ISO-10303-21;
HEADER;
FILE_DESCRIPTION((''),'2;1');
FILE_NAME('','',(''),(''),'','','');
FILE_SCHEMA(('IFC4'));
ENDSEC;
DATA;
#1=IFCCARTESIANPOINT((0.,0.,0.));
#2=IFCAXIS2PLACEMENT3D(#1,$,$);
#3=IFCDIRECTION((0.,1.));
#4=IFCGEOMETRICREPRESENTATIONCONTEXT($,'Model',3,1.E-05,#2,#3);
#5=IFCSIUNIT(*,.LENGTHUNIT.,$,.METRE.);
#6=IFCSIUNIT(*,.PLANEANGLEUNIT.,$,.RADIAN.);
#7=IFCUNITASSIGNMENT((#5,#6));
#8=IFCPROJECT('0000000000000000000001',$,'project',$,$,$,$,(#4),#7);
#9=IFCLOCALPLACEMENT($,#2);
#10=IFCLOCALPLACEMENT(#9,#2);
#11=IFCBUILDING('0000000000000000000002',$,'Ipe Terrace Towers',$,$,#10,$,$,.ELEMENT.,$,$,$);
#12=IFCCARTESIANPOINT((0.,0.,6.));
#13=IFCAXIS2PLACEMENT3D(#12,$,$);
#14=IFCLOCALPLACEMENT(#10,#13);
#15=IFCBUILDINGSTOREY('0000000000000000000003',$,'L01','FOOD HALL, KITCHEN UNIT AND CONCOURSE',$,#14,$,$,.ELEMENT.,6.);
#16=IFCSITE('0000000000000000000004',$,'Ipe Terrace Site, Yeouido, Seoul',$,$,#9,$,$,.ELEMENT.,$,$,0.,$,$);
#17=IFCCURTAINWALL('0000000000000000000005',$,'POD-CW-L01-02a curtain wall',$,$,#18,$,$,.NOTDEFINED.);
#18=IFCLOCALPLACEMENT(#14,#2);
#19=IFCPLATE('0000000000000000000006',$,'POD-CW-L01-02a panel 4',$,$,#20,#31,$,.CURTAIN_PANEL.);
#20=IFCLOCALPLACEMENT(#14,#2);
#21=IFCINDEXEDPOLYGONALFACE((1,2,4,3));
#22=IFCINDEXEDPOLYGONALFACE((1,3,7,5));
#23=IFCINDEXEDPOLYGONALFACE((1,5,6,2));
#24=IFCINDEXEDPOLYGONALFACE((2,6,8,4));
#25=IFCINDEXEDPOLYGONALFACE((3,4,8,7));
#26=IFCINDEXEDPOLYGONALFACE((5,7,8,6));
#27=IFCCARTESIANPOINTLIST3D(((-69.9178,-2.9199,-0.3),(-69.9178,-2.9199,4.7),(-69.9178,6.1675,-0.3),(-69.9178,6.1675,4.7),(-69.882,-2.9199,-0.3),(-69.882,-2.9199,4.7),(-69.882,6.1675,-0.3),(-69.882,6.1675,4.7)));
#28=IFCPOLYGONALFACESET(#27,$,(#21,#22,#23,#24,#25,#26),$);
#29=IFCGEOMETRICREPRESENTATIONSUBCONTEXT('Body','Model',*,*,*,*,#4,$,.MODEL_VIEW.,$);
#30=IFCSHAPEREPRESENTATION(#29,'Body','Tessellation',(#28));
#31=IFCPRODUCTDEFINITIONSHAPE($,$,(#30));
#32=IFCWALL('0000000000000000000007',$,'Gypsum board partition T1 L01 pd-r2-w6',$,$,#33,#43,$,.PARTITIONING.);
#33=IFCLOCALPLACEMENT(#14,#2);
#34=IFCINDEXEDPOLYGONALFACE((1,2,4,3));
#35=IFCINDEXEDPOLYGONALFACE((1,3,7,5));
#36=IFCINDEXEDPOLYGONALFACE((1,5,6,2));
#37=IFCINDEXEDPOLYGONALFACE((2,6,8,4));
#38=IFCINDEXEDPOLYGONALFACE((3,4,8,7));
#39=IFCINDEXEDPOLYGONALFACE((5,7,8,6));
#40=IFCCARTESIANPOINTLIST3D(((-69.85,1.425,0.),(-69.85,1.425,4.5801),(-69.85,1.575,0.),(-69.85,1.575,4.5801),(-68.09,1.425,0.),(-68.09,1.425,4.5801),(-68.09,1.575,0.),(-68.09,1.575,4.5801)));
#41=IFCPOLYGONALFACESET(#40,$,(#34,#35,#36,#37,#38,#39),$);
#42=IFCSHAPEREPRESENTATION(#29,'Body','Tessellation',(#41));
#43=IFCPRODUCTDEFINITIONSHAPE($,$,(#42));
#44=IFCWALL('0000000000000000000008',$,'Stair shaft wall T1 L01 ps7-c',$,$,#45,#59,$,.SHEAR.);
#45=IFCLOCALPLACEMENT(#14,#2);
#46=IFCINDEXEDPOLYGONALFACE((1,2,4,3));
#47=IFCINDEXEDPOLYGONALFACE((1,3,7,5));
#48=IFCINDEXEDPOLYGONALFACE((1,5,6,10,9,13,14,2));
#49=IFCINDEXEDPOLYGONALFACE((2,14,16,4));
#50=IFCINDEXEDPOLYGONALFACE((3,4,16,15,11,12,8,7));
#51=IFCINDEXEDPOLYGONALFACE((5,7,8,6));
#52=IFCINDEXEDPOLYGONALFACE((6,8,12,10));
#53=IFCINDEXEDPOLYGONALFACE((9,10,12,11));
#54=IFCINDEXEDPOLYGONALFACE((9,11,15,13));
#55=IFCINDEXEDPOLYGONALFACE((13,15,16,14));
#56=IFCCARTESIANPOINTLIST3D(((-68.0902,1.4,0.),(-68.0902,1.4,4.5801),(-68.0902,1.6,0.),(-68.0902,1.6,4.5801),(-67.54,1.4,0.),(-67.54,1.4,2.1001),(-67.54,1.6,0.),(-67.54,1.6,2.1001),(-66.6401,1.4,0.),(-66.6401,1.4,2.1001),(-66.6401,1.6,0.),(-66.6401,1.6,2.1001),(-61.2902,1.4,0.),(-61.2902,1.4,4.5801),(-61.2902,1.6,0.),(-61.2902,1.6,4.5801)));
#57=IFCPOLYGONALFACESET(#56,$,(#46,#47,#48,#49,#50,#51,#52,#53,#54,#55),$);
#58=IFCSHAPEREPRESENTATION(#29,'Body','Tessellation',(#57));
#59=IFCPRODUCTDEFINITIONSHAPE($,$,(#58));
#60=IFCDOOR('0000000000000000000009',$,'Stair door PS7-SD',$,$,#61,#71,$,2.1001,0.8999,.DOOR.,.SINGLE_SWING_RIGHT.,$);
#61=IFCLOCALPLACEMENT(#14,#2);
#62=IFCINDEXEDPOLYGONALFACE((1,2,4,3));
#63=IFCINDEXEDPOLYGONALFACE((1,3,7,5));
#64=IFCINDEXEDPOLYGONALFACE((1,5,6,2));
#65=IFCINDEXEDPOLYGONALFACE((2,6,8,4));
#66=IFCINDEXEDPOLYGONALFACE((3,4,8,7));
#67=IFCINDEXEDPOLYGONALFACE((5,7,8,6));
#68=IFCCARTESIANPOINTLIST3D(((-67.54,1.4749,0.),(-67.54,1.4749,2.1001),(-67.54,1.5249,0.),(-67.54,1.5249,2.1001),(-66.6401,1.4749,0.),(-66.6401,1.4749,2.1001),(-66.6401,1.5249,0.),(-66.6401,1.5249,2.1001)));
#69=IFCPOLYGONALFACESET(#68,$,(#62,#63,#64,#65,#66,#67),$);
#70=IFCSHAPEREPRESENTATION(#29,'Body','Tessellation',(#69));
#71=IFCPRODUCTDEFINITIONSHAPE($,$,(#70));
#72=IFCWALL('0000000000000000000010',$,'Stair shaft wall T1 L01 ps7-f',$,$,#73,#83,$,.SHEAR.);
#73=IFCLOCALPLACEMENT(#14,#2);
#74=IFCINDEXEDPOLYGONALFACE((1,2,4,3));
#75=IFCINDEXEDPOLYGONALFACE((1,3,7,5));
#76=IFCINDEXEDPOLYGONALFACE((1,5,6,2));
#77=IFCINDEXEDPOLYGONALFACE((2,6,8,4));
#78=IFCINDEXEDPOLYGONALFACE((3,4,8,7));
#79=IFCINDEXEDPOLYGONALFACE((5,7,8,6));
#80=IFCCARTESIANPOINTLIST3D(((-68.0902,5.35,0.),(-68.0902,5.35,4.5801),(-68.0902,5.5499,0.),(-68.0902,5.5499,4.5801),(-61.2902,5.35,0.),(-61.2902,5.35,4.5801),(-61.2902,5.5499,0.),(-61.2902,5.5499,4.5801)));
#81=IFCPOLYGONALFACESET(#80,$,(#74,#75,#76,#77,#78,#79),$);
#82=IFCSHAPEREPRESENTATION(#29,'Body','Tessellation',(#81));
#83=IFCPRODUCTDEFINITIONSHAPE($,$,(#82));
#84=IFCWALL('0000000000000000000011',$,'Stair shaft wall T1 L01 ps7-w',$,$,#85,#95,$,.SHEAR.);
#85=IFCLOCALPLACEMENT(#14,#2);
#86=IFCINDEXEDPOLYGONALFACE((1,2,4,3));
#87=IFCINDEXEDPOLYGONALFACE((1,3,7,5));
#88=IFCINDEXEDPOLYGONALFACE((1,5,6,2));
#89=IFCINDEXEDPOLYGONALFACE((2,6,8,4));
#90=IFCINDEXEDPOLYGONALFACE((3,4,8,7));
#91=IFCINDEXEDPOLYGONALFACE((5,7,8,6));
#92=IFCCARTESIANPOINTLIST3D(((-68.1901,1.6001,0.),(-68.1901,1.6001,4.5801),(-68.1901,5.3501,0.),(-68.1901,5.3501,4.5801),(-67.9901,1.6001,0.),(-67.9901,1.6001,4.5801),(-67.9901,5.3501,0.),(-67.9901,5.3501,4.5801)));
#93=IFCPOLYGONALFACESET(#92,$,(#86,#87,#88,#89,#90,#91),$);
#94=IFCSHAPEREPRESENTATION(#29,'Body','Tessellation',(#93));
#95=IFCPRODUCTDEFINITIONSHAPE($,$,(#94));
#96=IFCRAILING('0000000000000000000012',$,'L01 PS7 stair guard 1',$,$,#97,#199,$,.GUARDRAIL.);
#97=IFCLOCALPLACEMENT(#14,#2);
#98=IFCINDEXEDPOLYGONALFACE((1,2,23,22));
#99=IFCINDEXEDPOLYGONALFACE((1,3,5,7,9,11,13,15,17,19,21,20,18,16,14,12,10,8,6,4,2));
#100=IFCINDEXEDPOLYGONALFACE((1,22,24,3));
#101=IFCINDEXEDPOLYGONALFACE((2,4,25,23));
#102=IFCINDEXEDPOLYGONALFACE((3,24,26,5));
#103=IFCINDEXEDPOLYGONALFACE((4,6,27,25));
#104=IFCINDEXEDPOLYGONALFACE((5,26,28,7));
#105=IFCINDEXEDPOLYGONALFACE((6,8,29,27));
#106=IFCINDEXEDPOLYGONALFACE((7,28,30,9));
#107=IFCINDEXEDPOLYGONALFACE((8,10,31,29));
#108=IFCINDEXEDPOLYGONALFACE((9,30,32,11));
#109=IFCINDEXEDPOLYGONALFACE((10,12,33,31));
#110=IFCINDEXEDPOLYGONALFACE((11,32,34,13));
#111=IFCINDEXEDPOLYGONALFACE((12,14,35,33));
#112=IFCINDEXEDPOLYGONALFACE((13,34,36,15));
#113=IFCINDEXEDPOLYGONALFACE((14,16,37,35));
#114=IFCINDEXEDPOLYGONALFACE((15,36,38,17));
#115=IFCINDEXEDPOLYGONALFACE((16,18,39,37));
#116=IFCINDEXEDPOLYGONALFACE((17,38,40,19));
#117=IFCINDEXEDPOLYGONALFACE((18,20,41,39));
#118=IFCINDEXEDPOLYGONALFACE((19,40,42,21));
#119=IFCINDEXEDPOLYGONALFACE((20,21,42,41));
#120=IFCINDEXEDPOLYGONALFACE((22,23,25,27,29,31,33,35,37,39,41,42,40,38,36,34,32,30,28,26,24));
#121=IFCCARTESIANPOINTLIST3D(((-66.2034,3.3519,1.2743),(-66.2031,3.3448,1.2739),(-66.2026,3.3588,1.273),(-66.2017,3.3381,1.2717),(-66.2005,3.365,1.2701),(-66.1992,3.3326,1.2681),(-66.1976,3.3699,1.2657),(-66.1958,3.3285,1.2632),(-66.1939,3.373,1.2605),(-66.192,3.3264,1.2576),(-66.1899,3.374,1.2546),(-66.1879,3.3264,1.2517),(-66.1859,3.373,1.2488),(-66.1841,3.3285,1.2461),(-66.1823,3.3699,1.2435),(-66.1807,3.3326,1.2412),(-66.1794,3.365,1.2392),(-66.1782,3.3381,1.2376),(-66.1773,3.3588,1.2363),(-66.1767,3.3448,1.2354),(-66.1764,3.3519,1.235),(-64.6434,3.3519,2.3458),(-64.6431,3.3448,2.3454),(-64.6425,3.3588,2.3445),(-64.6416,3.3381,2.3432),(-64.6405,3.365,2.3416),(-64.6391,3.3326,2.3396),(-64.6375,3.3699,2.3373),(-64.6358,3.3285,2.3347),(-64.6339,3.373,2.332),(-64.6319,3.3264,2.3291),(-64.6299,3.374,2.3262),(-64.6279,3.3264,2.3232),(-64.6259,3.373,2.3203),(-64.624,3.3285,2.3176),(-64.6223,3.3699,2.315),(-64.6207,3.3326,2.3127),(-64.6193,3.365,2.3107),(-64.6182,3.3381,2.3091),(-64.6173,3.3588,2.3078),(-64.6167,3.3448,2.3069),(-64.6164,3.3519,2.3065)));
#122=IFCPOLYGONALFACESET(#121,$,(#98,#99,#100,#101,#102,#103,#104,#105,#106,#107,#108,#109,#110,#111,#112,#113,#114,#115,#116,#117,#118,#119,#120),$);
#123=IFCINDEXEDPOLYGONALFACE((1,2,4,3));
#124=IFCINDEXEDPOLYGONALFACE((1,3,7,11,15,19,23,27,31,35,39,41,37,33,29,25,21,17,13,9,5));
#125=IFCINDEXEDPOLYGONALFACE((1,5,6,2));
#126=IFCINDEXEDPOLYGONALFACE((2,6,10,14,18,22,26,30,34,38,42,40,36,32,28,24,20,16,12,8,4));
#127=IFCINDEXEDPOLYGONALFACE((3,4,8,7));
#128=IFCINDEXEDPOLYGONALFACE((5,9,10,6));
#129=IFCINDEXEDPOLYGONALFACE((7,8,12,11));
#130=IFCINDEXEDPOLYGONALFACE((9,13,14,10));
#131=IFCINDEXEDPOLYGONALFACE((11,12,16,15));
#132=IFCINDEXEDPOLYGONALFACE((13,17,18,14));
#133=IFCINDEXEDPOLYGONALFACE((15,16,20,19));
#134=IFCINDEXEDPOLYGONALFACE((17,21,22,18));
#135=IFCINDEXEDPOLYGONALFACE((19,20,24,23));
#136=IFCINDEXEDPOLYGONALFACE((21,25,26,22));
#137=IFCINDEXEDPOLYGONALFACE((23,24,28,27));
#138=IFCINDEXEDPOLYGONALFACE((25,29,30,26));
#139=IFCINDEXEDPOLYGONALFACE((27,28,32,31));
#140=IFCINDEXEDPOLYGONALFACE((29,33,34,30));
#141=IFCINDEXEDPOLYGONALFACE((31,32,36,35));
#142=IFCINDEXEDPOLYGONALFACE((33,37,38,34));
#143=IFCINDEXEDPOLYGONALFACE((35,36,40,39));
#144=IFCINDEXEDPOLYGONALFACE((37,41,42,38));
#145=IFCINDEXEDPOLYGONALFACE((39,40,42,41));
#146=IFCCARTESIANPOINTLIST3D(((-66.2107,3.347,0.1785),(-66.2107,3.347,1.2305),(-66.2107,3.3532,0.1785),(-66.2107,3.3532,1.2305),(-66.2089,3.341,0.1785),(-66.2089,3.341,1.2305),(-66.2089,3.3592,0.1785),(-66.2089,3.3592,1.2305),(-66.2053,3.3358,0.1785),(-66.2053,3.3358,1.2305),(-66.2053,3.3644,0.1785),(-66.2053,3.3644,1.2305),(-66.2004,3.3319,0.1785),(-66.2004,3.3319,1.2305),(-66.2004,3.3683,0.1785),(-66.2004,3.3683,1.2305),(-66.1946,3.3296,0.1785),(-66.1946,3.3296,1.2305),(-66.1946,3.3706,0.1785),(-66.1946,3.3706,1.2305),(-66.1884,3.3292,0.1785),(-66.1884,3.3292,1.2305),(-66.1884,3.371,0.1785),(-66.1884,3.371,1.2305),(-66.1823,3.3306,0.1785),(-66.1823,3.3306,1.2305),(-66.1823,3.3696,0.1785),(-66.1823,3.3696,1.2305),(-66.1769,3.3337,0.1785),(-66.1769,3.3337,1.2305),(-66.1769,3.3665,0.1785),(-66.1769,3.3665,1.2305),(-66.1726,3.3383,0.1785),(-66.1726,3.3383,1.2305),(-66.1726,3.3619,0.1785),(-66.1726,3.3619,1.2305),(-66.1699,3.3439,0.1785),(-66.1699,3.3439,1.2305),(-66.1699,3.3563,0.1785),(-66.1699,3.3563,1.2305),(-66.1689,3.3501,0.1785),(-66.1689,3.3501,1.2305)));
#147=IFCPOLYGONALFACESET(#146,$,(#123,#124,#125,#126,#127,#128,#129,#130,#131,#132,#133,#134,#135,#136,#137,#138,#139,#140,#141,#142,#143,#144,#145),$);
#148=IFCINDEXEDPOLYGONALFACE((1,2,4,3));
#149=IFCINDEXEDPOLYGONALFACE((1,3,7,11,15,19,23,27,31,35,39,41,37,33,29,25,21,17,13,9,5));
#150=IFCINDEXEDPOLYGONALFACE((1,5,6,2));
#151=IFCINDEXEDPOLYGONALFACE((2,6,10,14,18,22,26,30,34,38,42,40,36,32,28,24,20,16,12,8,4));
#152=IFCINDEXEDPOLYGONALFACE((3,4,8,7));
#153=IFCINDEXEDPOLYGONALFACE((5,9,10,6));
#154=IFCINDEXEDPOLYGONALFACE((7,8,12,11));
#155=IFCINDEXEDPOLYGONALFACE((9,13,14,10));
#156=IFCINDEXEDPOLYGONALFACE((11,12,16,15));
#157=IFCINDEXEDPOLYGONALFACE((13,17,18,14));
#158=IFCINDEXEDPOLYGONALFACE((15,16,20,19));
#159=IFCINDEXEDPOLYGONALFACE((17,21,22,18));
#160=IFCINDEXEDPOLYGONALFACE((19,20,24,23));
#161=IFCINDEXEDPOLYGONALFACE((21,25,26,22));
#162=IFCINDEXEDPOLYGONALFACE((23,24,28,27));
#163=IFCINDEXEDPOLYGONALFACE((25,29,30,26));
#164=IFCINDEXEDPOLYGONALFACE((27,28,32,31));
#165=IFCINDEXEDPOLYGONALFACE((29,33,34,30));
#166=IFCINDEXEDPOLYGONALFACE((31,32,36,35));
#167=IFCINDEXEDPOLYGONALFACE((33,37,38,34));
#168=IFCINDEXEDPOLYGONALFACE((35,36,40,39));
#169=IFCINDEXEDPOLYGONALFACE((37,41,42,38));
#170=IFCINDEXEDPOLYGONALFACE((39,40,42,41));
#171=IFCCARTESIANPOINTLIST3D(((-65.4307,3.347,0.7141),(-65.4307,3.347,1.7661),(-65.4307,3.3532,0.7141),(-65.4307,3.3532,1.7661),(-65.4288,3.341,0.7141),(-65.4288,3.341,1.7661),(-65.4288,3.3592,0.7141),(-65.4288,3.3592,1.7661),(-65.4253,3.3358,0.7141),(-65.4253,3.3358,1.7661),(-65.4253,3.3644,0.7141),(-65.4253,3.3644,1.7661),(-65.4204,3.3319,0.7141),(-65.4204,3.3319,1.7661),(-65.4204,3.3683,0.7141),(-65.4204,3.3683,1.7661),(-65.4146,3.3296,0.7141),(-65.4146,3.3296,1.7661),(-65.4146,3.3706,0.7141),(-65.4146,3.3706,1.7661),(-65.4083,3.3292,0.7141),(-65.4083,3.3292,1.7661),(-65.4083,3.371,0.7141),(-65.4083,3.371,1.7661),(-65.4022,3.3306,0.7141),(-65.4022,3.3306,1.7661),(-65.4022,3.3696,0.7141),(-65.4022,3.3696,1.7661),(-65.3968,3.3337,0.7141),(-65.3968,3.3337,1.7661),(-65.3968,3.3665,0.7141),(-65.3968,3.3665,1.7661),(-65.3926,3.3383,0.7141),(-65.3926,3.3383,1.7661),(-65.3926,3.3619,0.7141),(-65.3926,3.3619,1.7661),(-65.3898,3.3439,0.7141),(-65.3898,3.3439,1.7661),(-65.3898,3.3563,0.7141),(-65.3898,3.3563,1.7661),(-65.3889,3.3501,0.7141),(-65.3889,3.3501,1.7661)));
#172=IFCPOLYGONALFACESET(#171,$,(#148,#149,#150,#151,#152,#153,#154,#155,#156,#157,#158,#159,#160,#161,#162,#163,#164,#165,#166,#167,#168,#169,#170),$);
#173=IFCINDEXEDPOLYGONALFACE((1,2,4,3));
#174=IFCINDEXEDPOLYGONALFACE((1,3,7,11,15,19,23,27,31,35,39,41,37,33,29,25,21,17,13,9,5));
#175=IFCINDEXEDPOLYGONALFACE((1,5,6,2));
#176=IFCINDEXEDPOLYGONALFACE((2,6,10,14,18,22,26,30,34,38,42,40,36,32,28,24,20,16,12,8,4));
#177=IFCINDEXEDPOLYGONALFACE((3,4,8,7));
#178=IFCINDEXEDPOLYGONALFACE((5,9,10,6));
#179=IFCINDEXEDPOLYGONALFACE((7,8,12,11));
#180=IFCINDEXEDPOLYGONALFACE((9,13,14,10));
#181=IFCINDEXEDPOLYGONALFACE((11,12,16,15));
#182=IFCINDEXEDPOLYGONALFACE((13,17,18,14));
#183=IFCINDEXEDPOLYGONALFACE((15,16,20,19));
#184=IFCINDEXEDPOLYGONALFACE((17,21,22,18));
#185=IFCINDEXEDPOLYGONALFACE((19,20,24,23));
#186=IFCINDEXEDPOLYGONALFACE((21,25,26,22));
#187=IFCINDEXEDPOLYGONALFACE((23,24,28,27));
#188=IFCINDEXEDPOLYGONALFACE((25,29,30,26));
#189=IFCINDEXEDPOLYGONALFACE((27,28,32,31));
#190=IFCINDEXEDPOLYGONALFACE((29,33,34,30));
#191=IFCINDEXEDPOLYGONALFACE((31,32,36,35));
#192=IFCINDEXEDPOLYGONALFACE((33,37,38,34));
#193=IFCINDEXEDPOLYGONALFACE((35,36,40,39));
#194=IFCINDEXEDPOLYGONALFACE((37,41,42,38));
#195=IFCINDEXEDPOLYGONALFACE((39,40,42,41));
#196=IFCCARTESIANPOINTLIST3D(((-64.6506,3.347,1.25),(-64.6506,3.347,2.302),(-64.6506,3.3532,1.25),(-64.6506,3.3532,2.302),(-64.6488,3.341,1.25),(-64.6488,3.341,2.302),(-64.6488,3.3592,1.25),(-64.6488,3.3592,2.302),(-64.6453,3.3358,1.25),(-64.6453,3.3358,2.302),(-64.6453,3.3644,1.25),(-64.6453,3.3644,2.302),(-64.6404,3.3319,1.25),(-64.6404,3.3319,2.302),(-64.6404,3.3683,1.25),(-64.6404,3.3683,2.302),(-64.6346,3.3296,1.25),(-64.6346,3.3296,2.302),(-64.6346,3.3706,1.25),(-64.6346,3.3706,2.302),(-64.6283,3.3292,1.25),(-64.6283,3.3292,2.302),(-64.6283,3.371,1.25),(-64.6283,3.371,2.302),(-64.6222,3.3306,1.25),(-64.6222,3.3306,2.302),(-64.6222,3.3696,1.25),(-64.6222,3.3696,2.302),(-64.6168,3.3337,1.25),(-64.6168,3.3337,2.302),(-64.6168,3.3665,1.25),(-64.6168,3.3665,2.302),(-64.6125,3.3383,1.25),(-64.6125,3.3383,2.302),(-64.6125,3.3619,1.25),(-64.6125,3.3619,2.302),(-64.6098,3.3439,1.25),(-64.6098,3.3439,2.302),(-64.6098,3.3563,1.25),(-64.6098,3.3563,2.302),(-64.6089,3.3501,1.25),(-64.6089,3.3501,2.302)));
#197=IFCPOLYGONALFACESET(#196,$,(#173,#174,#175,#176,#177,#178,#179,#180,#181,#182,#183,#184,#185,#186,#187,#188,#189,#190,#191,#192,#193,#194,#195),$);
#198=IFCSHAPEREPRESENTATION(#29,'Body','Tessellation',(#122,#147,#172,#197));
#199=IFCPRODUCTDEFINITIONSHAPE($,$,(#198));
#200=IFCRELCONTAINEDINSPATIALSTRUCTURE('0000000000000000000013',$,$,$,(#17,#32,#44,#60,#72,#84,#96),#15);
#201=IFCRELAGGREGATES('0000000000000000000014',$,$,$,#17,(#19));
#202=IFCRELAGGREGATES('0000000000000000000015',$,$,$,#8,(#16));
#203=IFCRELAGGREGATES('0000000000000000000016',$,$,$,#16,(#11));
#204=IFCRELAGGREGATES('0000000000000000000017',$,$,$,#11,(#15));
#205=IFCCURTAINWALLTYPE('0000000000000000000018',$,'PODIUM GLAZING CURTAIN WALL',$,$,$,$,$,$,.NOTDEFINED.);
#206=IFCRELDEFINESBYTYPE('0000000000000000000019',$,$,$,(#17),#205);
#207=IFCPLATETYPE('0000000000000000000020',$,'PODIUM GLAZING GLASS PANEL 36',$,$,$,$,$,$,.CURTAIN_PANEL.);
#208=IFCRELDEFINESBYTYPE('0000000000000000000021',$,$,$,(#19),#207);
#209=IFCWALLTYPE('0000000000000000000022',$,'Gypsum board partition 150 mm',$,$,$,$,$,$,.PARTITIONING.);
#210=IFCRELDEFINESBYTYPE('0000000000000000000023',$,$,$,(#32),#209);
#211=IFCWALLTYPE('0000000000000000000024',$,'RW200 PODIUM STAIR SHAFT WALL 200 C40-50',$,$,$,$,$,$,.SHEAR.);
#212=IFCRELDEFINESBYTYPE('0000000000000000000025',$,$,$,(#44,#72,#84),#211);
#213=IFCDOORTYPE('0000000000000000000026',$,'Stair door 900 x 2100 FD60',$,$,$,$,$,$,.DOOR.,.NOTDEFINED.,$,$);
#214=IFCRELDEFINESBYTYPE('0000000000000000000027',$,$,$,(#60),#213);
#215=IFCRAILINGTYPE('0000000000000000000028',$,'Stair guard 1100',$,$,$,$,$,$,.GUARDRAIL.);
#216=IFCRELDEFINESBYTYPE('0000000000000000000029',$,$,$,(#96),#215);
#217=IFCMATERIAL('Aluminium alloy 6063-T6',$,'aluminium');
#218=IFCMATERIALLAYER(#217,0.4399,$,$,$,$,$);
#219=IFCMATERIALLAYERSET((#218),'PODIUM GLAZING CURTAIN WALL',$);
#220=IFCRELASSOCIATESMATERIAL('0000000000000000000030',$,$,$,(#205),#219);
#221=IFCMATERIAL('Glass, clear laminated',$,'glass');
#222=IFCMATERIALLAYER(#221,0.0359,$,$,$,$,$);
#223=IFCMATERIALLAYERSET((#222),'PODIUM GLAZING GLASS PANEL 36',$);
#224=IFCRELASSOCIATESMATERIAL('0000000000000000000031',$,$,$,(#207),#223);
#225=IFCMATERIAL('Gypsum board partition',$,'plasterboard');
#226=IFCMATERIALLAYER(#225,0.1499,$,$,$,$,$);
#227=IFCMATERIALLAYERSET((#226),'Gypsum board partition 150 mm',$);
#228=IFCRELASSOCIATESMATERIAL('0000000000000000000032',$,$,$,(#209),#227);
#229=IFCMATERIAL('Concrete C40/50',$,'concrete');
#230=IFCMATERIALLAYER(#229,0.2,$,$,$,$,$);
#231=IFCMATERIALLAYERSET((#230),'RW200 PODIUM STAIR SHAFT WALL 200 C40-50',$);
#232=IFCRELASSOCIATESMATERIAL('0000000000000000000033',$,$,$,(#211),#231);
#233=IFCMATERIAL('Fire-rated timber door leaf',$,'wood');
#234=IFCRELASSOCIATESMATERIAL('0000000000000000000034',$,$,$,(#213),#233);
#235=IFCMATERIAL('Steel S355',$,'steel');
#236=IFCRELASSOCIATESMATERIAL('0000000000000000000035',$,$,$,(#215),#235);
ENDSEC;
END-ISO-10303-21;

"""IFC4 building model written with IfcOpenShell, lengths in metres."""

from ifc_helpers import new_model, si_unit, direction, frame, frame_2d, origin, origin_2d, place, context, subcontext, project, spatial, rectangle, circle, extrude, material, layer, layer_set, type_object, element, fill, aggregate, save


model = new_model("IFC4")

# Units and contexts
model_context = context("Model", 3, precision=1e-05, world=origin(), true_north=direction((0.0, 1.0)))
body_context = subcontext(model_context, "Body", "Model", "MODEL_VIEW")
ifc_project = project(units=[si_unit("LENGTHUNIT", "METRE"), si_unit("PLANEANGLEUNIT", "RADIAN")], contexts=[model_context])

# Site, building, storey
site_placement = place(None, origin())
site = spatial("IfcSite", under=ifc_project, at=site_placement, Name="Ipe Terrace Site, Yeouido, Seoul", CompositionType="ELEMENT", RefElevation=0.0)
building_placement = place(site_placement, origin())
building = spatial("IfcBuilding", under=site, at=building_placement, Name="Ipe Terrace Towers", CompositionType="ELEMENT")
storey_placement = place(building_placement, frame((0.0, 0.0, 6.0)))
storey = spatial("IfcBuildingStorey", under=building, at=storey_placement, Name="L01", Description="FOOD HALL, KITCHEN UNIT AND CONCOURSE", CompositionType="ELEMENT", Elevation=6.0)

# Curtain wall, plate
ifc_material_1 = material(Name="Aluminium alloy 6063-T6", Category="aluminium")
ifc_layer_1 = layer(ifc_material_1, 0.4399)
ifc_layer_set_1 = layer_set([ifc_layer_1], Name="PODIUM GLAZING CURTAIN WALL")
curtain_wall_type = type_object("IfcCurtainWallType", Name="PODIUM GLAZING CURTAIN WALL", PredefinedType="NOTDEFINED", material=ifc_layer_set_1)
curtain_wall_placement = place(storey_placement, origin())
curtain_wall = element("IfcCurtainWall", 1, at=curtain_wall_placement, inside=storey, type_object=curtain_wall_type, Name="POD-CW-L01-02a curtain wall", PredefinedType="NOTDEFINED")
ifc_material_2 = material(Name="Glass, clear laminated", Category="glass")
ifc_layer_2 = layer(ifc_material_2, 0.0359)
ifc_layer_set_2 = layer_set([ifc_layer_2], Name="PODIUM GLAZING GLASS PANEL 36")
plate_type = type_object("IfcPlateType", Name="PODIUM GLAZING GLASS PANEL 36", PredefinedType="CURTAIN_PANEL", material=ifc_layer_set_2)
plate_1_placement = place(storey_placement, frame((-69.8999, 1.6238, -0.3), z_axis=(0.0, 0.0, 1.0), x_axis=(0.0, -1.0, 0.0)))
plate_1 = element("IfcPlate", 2, at=plate_1_placement, type_object=plate_type, Name="POD-CW-L01-02a panel 4", PredefinedType="CURTAIN_PANEL", context=body_context, shape_type="SweptSolid", body=[
    extrude(rectangle(XDim=9.0874, YDim=0.0359, at=origin_2d()), origin(), (0.0, 0.0, 1.0), 5.0),
])
aggregate(curtain_wall, [plate_1])

# Wall
ifc_material_3 = material(Name="Gypsum board partition", Category="plasterboard")
ifc_layer_3 = layer(ifc_material_3, 0.1499)
ifc_layer_set_3 = layer_set([ifc_layer_3], Name="Gypsum board partition 150 mm")
wall_type_1 = type_object("IfcWallType", Name="Gypsum board partition 150 mm", PredefinedType="PARTITIONING", material=ifc_layer_set_3)
wall_1_placement = place(storey_placement, frame((-68.0901, 1.5, 0.0), z_axis=(0.0, 0.0, 1.0), x_axis=(-1.0, 0.0, 0.0)))
element("IfcWall", 3, at=wall_1_placement, inside=storey, type_object=wall_type_1, Name="Gypsum board partition T1 L01 pd-r2-w6", PredefinedType="PARTITIONING", context=body_context, shape_type="SweptSolid", body=[
    extrude(rectangle(XDim=1.76, YDim=0.1499, at=frame_2d((0.8799, 0.0))), origin(), (0.0, 0.0, 1.0), 4.5801),
])

# Wall, opening, door
ifc_material_4 = material(Name="Concrete C40/50", Category="concrete")
ifc_layer_4 = layer(ifc_material_4, 0.2)
ifc_layer_set_4 = layer_set([ifc_layer_4], Name="RW200 PODIUM STAIR SHAFT WALL 200 C40-50")
wall_type_2 = type_object("IfcWallType", Name="RW200 PODIUM STAIR SHAFT WALL 200 C40-50", PredefinedType="SHEAR", material=ifc_layer_set_4)
wall_2_placement = place(storey_placement, frame((-68.0901, 1.5, 0.0), z_axis=(0.0, 0.0, 1.0), x_axis=(1.0, 0.0, 0.0)))
wall_2 = element("IfcWall", 4, at=wall_2_placement, inside=storey, type_object=wall_type_2, Name="Stair shaft wall T1 L01 ps7-c", PredefinedType="SHEAR", context=body_context, shape_type="SweptSolid", body=[
    extrude(rectangle(XDim=6.8, YDim=0.2, at=frame_2d((3.3999, 0.0))), origin(), (0.0, 0.0, 1.0), 4.5801),
])
opening_placement = place(wall_2_placement, frame((0.55, 0.0, 0.0)))
opening = element("IfcOpeningElement", 5, at=opening_placement, cuts=wall_2, PredefinedType="OPENING", context=body_context, shape_type="SweptSolid", body=[
    extrude(rectangle(XDim=0.8999, YDim=2.1001, at=frame_2d((0.45, 1.05))), frame((0.0, 0.1099, 0.0), z_axis=(0.0, -1.0, 0.0), x_axis=(1.0, 0.0, 0.0)), (0.0, 0.0, 1.0), 0.22),
])
ifc_material_5 = material(Name="Fire-rated timber door leaf", Category="wood")
door_type = type_object("IfcDoorType", Name="Stair door 900 x 2100 FD60", OperationType="NOTDEFINED", PredefinedType="DOOR", material=ifc_material_5)
door_placement = place(opening_placement, origin())
door = element("IfcDoor", 6, at=door_placement, inside=storey, type_object=door_type, Name="Stair door PS7-SD", OperationType="SINGLE_SWING_RIGHT", OverallHeight=2.1001, OverallWidth=0.8999, PredefinedType="DOOR", context=body_context, shape_type="SweptSolid", body=[
    extrude(rectangle(XDim=0.8999, YDim=2.1001, at=frame_2d((0.45, 1.05))), frame((0.0, 0.0249, 0.0), z_axis=(0.0, -1.0, 0.0), x_axis=(1.0, 0.0, 0.0)), (0.0, 0.0, 1.0), 0.05),
])
fill(opening, door)

# Walls
wall_3_placement = place(storey_placement, frame((-68.0901, 5.45, 0.0), z_axis=(0.0, 0.0, 1.0), x_axis=(1.0, 0.0, 0.0)))
element("IfcWall", 7, at=wall_3_placement, inside=storey, type_object=wall_type_2, Name="Stair shaft wall T1 L01 ps7-f", PredefinedType="SHEAR", context=body_context, shape_type="SweptSolid", body=[
    extrude(rectangle(XDim=6.8, YDim=0.2, at=frame_2d((3.3999, 0.0))), origin(), (0.0, 0.0, 1.0), 4.5801),
])
wall_4_placement = place(storey_placement, frame((-68.0901, 1.6001, 0.0), z_axis=(0.0, 0.0, 1.0), x_axis=(0.0, 1.0, 0.0)))
element("IfcWall", 8, at=wall_4_placement, inside=storey, type_object=wall_type_2, Name="Stair shaft wall T1 L01 ps7-w", PredefinedType="SHEAR", context=body_context, shape_type="SweptSolid", body=[
    extrude(rectangle(XDim=3.75, YDim=0.2, at=frame_2d((1.875, 0.0))), origin(), (0.0, 0.0, 1.0), 4.5801),
])

# Railing
ifc_material_6 = material(Name="Steel S355", Category="steel")
railing_type_1 = type_object("IfcRailingType", Name="Stair guard 1100", PredefinedType="GUARDRAIL", material=ifc_material_6)
railing_1_placement = place(storey_placement, frame((-66.1899, 3.3501, 0.1785)))
element("IfcRailing", 9, at=railing_1_placement, inside=storey, type_object=railing_type_1, Name="L01 PS7 stair guard 1", PredefinedType="GUARDRAIL", context=body_context, shape_type="SweptSolid", body=[
    extrude(circle(Radius=0.0239, at=origin_2d()), frame((0.0, 0.0, 1.0762), z_axis=(0.82429, 0.0, 0.566167), x_axis=(0.0, 1.0, 0.0)), (0.0, 0.0, 1.0), 1.8926),
    extrude(circle(Radius=0.021, at=origin_2d()), origin(), (0.0, 0.0, 1.0), 1.052),
    extrude(circle(Radius=0.021, at=origin_2d()), frame((0.78, 0.0, 0.5356)), (0.0, 0.0, 1.0), 1.052),
    extrude(circle(Radius=0.021, at=origin_2d()), frame((1.5601, 0.0, 1.0715)), (0.0, 0.0, 1.0), 1.052),
])

save(model, "model.ifc")
